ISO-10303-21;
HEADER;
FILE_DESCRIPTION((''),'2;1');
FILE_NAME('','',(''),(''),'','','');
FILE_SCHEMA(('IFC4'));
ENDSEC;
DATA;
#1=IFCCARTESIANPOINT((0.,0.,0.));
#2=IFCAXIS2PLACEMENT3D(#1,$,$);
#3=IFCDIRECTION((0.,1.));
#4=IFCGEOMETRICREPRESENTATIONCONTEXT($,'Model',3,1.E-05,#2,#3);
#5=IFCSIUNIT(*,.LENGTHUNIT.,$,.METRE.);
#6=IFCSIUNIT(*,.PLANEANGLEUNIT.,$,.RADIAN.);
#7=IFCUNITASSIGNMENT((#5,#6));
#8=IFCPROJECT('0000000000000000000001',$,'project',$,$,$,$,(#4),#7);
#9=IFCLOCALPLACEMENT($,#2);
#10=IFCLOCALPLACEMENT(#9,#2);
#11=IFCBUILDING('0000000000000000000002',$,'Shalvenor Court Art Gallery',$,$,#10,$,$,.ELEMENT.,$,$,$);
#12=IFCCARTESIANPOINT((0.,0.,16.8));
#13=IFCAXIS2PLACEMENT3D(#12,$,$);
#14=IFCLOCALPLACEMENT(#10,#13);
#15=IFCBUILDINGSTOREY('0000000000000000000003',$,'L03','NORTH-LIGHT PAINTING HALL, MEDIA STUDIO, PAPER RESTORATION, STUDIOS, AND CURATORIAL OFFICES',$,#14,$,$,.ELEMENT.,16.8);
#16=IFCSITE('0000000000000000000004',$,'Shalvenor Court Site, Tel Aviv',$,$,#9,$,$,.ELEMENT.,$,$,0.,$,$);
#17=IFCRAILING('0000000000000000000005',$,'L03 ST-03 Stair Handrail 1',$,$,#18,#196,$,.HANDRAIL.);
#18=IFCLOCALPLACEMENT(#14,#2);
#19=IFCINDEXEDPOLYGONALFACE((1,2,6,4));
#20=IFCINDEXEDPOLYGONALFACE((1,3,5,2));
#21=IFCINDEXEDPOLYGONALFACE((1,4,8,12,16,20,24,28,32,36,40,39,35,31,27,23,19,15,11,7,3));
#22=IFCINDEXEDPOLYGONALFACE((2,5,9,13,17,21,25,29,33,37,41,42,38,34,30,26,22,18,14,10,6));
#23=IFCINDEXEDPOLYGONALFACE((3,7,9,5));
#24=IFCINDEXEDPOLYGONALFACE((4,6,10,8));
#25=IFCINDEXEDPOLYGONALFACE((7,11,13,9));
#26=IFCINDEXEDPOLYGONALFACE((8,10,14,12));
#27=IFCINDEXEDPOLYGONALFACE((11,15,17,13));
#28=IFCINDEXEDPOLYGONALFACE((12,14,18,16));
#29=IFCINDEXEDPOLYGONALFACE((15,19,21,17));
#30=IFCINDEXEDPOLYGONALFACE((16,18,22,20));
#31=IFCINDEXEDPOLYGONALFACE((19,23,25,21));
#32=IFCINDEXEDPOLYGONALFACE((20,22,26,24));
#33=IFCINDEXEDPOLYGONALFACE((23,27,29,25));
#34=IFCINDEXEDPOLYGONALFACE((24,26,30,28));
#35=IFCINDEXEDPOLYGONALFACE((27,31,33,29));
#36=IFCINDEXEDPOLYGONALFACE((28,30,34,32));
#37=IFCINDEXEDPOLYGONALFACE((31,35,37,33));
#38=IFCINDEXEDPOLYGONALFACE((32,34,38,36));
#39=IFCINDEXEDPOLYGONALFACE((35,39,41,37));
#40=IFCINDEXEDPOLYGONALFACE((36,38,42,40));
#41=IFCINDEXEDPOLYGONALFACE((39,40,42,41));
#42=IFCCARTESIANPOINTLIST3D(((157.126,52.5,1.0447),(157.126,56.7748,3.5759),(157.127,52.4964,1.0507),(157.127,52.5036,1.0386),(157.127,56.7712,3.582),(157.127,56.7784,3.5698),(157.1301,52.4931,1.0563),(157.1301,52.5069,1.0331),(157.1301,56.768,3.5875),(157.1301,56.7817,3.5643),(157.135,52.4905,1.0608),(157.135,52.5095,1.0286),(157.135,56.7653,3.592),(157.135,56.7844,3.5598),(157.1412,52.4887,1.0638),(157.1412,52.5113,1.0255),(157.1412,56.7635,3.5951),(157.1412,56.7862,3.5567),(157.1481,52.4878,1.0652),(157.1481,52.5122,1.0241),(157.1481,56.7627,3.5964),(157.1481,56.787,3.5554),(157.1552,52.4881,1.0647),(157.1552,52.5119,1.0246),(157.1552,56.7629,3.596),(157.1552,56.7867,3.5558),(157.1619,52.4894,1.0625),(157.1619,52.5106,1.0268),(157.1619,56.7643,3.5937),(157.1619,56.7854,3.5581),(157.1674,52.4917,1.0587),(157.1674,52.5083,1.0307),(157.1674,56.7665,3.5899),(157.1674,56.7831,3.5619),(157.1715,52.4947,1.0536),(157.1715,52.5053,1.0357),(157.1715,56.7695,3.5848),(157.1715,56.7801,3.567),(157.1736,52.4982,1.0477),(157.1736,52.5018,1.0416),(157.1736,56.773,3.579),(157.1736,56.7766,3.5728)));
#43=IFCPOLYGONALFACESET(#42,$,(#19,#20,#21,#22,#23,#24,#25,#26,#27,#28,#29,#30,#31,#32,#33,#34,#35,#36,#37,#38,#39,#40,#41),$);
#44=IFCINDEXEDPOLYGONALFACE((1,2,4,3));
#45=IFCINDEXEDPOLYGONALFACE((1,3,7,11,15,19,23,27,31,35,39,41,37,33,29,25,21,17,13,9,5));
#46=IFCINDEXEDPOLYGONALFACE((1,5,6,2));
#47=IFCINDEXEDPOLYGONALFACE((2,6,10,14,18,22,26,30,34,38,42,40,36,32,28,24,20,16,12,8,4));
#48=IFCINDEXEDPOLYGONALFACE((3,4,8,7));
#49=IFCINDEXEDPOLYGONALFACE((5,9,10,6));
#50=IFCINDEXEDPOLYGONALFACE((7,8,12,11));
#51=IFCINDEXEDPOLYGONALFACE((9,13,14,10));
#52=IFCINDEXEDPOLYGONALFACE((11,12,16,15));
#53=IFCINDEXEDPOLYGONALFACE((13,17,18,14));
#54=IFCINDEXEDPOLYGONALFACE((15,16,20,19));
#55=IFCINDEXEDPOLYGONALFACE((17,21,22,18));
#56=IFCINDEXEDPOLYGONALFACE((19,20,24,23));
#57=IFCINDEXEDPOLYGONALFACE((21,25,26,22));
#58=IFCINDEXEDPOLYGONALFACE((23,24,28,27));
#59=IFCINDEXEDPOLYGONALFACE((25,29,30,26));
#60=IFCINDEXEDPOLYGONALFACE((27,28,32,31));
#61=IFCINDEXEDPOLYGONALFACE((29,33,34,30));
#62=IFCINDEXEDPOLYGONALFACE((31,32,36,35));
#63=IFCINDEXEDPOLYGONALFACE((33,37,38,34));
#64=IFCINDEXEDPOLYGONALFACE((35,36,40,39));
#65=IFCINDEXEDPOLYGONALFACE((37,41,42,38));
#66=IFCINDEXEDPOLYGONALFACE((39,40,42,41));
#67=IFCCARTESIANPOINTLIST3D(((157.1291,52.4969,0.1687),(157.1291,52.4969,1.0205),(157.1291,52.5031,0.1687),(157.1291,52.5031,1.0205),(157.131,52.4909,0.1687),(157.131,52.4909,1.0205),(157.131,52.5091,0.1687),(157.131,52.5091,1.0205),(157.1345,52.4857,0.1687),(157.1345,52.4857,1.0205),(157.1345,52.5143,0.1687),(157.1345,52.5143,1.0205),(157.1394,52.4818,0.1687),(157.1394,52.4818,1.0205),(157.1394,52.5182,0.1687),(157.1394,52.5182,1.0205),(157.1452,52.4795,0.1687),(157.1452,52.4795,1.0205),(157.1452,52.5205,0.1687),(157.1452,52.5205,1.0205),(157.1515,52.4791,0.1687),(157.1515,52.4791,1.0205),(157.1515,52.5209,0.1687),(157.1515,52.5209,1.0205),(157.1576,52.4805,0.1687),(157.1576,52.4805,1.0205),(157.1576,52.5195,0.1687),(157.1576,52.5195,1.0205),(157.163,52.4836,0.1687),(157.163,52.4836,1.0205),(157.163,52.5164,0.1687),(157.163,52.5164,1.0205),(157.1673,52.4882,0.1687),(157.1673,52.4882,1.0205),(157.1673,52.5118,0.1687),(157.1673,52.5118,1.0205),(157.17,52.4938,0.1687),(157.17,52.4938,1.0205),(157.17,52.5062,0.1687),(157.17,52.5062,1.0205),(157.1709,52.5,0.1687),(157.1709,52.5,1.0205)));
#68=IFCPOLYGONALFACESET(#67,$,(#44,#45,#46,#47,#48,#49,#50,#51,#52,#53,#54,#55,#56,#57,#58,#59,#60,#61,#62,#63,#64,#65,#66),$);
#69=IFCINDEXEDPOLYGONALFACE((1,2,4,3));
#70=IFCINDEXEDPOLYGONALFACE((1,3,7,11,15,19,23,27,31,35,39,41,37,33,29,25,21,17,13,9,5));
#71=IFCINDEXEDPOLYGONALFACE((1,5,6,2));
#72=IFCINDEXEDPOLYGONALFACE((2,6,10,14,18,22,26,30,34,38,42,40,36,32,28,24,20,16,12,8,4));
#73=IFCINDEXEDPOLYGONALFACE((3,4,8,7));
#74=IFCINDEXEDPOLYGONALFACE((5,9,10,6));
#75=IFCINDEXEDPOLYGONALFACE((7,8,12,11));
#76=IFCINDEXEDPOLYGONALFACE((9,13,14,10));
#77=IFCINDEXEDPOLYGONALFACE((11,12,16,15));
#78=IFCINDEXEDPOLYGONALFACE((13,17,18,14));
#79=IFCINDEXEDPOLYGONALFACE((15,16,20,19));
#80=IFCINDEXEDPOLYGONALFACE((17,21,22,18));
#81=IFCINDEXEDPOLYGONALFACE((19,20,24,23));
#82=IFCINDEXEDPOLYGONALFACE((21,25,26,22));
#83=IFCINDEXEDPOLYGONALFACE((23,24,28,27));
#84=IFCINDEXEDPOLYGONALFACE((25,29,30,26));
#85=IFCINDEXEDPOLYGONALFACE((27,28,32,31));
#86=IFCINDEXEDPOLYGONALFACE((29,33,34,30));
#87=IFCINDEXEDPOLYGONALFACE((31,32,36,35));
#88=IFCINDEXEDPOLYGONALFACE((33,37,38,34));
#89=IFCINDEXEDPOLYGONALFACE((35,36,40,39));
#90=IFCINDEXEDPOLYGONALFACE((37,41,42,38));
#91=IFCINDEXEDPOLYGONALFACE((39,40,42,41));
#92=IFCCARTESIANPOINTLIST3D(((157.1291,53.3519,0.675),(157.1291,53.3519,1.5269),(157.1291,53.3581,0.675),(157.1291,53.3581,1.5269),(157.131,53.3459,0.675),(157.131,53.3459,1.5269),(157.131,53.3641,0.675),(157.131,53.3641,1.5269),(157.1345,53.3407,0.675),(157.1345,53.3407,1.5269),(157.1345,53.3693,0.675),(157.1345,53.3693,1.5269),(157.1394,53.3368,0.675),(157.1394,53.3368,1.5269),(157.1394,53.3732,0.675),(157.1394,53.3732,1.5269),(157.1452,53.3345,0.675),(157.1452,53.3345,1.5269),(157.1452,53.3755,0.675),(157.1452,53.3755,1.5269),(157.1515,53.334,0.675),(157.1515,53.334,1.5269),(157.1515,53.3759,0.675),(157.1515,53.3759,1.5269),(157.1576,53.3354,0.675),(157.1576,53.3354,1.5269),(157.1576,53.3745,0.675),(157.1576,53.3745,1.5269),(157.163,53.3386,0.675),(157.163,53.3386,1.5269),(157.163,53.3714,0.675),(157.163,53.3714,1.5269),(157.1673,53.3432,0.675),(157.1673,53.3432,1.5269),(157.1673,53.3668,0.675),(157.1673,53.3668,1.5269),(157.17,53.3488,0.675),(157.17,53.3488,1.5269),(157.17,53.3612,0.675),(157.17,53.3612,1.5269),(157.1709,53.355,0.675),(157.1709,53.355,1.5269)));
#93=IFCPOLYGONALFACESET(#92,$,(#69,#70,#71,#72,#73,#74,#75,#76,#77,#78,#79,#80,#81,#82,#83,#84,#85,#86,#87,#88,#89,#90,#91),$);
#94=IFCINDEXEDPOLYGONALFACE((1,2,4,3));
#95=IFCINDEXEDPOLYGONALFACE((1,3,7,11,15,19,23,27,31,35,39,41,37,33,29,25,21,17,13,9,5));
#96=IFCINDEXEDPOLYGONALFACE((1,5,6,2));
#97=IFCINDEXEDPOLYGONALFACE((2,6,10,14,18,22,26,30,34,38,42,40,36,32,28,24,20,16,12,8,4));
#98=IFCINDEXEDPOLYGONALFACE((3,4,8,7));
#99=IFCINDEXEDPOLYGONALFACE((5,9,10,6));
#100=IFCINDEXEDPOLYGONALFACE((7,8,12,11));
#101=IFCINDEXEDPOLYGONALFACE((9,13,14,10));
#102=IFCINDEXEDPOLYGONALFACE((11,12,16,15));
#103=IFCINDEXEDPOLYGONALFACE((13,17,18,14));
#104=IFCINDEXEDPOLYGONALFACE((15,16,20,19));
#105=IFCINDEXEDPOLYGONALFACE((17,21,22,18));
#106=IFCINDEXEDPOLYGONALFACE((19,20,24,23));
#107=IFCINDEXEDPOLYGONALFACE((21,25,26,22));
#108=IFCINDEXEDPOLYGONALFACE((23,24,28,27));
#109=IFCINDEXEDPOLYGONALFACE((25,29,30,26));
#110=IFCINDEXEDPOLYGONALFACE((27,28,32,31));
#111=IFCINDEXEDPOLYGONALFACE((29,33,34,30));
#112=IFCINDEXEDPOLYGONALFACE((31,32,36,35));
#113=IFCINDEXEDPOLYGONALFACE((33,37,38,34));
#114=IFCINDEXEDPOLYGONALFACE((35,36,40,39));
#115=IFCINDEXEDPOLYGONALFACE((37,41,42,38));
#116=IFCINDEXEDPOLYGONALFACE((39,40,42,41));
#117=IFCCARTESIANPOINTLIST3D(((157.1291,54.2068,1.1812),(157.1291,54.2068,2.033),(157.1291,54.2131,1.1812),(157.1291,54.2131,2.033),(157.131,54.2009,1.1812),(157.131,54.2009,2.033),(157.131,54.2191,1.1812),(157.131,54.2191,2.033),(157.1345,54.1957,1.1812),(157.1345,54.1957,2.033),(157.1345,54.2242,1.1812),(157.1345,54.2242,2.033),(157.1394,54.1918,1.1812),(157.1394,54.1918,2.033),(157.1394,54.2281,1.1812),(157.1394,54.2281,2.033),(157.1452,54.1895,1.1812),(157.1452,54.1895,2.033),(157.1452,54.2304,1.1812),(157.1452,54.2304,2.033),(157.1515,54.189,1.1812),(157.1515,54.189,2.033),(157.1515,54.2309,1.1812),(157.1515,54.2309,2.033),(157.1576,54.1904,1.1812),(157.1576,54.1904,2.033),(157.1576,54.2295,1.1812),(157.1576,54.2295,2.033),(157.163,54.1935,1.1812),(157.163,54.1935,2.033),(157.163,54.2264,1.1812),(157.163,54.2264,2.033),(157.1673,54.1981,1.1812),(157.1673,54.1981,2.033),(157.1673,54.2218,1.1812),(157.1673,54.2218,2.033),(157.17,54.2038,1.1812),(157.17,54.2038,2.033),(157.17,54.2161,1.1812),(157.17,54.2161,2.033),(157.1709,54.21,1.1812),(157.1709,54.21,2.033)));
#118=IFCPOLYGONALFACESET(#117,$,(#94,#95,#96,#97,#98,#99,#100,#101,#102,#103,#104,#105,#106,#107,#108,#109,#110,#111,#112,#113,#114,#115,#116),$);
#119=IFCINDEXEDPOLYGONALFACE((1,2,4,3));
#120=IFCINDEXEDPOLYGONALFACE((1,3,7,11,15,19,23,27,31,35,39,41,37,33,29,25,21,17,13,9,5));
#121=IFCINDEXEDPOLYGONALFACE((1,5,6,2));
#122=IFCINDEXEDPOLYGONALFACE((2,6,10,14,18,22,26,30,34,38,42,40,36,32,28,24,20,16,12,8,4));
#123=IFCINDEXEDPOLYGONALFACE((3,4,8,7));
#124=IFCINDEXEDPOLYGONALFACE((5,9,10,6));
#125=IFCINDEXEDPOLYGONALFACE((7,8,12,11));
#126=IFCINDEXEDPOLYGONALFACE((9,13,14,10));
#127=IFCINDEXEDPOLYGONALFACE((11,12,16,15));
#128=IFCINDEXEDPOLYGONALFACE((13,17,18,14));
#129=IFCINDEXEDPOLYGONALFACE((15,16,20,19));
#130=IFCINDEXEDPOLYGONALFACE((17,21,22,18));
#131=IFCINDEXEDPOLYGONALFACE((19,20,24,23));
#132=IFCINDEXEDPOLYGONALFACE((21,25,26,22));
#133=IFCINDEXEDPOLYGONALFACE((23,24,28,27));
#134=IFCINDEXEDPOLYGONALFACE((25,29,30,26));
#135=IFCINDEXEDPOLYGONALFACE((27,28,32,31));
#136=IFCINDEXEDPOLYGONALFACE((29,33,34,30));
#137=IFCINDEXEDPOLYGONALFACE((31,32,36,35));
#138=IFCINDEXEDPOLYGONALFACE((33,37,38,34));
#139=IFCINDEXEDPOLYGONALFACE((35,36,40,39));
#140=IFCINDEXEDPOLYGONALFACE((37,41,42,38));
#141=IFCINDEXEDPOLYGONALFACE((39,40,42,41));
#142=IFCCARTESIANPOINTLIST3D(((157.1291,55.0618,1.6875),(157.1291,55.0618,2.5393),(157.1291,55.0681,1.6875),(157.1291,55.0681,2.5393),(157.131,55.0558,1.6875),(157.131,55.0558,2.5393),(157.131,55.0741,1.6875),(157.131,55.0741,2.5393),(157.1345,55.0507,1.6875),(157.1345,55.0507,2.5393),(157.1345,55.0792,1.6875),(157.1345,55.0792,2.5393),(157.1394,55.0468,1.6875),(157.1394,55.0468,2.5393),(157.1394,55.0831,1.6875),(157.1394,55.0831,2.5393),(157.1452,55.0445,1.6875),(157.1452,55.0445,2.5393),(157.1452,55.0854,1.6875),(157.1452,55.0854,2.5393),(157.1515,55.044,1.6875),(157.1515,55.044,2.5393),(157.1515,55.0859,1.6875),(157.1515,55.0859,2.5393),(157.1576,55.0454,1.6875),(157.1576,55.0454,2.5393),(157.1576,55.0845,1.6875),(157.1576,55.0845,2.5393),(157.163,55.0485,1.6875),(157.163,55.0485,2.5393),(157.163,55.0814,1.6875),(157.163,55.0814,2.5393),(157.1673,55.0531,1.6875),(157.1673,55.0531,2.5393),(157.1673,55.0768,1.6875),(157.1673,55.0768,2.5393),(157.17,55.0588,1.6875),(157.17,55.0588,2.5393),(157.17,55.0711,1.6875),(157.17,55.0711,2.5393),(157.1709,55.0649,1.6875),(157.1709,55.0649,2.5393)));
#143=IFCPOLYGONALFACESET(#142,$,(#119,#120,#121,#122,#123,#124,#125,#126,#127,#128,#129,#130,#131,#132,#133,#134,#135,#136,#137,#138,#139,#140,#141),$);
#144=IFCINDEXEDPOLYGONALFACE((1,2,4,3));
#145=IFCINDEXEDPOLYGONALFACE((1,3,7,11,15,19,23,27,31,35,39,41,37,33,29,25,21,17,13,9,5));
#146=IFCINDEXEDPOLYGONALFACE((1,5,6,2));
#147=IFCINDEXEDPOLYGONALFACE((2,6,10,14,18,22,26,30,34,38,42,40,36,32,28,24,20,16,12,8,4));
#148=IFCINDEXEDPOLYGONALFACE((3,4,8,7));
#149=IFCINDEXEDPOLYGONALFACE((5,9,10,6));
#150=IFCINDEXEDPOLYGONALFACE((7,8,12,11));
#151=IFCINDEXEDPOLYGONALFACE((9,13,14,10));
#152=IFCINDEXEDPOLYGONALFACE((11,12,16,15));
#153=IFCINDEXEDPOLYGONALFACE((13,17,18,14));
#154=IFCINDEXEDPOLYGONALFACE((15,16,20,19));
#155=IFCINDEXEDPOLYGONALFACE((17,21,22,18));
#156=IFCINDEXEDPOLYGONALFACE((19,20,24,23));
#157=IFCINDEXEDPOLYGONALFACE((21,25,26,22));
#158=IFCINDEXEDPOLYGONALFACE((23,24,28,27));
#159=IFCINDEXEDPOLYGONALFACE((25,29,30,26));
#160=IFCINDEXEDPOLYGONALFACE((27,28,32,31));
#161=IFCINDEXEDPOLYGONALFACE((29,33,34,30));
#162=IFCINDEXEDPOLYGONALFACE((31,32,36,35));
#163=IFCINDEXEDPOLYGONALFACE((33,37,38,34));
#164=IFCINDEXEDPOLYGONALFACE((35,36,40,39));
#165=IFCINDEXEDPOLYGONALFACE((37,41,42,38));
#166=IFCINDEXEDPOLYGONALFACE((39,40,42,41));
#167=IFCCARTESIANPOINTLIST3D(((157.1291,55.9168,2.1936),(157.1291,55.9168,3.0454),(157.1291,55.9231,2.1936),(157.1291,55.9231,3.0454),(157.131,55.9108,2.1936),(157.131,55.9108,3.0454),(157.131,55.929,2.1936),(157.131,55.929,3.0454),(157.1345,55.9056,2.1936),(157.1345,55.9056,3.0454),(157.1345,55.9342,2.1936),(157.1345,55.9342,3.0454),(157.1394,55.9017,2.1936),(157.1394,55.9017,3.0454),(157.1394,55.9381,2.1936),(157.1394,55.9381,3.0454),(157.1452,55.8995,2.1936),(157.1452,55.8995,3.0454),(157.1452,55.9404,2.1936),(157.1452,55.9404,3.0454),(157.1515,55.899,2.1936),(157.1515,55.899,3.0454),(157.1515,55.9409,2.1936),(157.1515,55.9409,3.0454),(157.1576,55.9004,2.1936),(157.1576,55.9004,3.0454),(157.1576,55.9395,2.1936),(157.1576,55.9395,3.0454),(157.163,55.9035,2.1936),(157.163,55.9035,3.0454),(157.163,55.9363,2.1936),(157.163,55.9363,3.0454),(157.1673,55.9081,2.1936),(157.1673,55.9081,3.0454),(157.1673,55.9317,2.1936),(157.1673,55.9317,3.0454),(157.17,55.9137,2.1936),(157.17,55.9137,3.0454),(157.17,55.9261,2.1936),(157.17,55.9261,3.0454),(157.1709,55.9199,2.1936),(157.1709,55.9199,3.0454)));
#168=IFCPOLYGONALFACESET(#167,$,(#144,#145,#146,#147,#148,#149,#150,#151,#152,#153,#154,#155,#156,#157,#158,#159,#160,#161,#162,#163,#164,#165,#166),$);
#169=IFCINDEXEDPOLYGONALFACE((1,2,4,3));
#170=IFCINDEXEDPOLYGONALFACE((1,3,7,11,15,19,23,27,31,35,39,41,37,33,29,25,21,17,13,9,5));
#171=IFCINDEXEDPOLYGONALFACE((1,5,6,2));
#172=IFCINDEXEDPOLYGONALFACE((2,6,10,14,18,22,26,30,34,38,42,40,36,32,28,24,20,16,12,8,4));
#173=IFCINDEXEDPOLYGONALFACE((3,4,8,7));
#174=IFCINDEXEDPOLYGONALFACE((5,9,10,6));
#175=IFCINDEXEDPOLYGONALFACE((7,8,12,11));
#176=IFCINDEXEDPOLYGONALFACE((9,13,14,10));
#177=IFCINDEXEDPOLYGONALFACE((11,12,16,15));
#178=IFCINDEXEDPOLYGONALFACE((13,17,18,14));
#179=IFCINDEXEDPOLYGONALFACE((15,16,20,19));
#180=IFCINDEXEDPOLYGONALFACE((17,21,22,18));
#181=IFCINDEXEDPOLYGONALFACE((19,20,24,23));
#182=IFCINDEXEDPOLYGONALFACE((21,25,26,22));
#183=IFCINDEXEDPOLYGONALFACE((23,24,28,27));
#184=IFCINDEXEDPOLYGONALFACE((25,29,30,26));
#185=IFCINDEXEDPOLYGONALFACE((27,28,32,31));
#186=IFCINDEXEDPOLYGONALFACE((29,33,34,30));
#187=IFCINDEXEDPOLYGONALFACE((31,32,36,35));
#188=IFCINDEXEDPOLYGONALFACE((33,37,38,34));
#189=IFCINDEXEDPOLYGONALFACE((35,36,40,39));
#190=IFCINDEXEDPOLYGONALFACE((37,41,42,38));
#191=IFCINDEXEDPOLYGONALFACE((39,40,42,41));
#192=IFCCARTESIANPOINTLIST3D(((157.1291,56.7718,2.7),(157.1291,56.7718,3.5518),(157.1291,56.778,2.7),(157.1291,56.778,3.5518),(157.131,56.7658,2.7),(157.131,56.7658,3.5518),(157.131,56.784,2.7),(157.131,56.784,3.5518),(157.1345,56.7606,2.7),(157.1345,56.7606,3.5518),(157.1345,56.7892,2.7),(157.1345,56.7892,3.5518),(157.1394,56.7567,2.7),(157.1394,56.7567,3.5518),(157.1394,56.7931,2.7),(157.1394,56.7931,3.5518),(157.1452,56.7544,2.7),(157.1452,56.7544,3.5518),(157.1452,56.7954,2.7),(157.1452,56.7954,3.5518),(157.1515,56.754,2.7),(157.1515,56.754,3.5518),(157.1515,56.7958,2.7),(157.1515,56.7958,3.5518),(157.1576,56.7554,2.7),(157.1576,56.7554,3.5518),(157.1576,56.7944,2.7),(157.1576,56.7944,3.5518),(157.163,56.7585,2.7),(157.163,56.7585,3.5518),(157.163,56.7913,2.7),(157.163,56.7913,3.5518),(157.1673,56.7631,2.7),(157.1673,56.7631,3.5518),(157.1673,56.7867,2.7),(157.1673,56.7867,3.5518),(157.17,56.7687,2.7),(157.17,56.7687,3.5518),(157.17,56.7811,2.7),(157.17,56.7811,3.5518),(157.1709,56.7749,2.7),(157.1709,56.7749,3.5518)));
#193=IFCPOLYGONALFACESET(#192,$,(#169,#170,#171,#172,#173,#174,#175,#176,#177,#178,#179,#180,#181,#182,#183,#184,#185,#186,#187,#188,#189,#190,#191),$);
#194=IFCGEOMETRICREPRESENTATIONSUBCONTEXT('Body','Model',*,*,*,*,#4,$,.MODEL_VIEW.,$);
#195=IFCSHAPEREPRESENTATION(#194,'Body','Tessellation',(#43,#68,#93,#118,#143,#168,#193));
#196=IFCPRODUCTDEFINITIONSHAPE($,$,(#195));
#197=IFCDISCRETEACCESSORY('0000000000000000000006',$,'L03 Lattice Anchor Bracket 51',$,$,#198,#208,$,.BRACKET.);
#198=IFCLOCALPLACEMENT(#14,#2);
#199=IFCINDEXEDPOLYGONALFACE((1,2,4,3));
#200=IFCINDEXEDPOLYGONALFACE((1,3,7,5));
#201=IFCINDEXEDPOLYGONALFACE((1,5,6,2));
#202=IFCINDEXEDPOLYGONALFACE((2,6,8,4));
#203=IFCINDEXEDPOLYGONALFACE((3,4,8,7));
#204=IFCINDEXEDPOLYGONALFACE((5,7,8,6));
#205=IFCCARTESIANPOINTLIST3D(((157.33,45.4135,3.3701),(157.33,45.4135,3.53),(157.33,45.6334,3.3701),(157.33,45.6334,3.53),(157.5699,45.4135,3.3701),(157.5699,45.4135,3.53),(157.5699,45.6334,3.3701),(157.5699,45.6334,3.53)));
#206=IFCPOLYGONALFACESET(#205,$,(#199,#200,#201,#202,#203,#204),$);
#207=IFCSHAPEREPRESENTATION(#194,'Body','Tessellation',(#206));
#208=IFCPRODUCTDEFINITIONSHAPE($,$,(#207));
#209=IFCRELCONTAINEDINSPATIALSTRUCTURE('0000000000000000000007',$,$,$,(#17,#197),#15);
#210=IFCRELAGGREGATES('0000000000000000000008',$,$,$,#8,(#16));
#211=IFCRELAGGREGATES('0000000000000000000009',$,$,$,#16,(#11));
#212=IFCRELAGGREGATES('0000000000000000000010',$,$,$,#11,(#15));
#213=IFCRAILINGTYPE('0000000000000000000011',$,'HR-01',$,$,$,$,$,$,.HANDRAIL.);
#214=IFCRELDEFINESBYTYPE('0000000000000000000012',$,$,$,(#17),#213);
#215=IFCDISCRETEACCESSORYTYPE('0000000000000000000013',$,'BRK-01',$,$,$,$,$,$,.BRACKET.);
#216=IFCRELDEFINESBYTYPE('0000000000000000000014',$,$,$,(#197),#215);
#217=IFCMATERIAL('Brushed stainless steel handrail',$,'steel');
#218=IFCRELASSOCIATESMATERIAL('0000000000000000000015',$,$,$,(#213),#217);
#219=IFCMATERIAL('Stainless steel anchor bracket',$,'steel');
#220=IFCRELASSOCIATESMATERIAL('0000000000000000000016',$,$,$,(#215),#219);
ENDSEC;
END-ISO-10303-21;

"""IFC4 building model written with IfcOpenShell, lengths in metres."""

from ifc_helpers import new_model, si_unit, direction, frame, origin, origin_2d, place, context, subcontext, project, spatial, rectangle, circle, extrude, material, type_object, element, save


model = new_model("IFC4")

# Units and contexts
model_context = context("Model", 3, precision=1e-05, world=origin(), true_north=direction((0.0, 1.0)))
body_context = subcontext(model_context, "Body", "Model", "MODEL_VIEW")
ifc_project = project(units=[si_unit("LENGTHUNIT", "METRE"), si_unit("PLANEANGLEUNIT", "RADIAN")], contexts=[model_context])

# Site, building, storey
site_placement = place(None, origin())
site = spatial("IfcSite", under=ifc_project, at=site_placement, Name="Shalvenor Court Site, Tel Aviv", CompositionType="ELEMENT", RefElevation=0.0)
building_placement = place(site_placement, origin())
building = spatial("IfcBuilding", under=site, at=building_placement, Name="Shalvenor Court Art Gallery", CompositionType="ELEMENT")
storey_placement = place(building_placement, frame((0.0, 0.0, 16.8)))
storey = spatial("IfcBuildingStorey", under=building, at=storey_placement, Name="L03", Description="NORTH-LIGHT PAINTING HALL, MEDIA STUDIO, PAPER RESTORATION, STUDIOS, AND CURATORIAL OFFICES", CompositionType="ELEMENT", Elevation=16.8)

# Railing
ifc_material_1 = material(Name="Brushed stainless steel handrail", Category="steel")
railing_type_1 = type_object("IfcRailingType", Name="HR-01", PredefinedType="HANDRAIL", material=ifc_material_1)
railing_1_placement = place(storey_placement, frame((157.1499, 52.5, 0.1687)))
element("IfcRailing", 1, at=railing_1_placement, inside=storey, type_object=railing_type_1, Name="L03 ST-03 Stair Handrail 1", PredefinedType="HANDRAIL", context=body_context, shape_type="SweptSolid", body=[
    extrude(circle(Radius=0.0239, at=origin_2d()), frame((0.0, 0.0, 0.876), z_axis=(0.0, 0.86047, 0.509501), x_axis=(-1.0, 0.0, 0.0)), (0.0, 0.0, 1.0), 4.968),
    extrude(circle(Radius=0.021, at=origin_2d()), origin(), (0.0, 0.0, 1.0), 0.8518),
    extrude(circle(Radius=0.021, at=origin_2d()), frame((0.0, 0.855, 0.5063)), (0.0, 0.0, 1.0), 0.8518),
    extrude(circle(Radius=0.021, at=origin_2d()), frame((0.0, 1.71, 1.0125)), (0.0, 0.0, 1.0), 0.8518),
    extrude(circle(Radius=0.021, at=origin_2d()), frame((0.0, 2.5649, 1.5188)), (0.0, 0.0, 1.0), 0.8518),
    extrude(circle(Radius=0.021, at=origin_2d()), frame((0.0, 3.4199, 2.0249)), (0.0, 0.0, 1.0), 0.8518),
    extrude(circle(Radius=0.021, at=origin_2d()), frame((0.0, 4.2749, 2.5312)), (0.0, 0.0, 1.0), 0.8518),
])

# Discrete accessory
ifc_material_2 = material(Name="Stainless steel anchor bracket", Category="steel")
discrete_accessory_type = type_object("IfcDiscreteAccessoryType", Name="BRK-01", PredefinedType="BRACKET", material=ifc_material_2)
discrete_accessory_placement = place(storey_placement, frame((157.45, 45.5234, 3.3701), z_axis=(0.0, 0.0, 1.0), x_axis=(-1.0, 0.0, 0.0)))
element("IfcDiscreteAccessory", 2, at=discrete_accessory_placement, inside=storey, type_object=discrete_accessory_type, Name="L03 Lattice Anchor Bracket 51", PredefinedType="BRACKET", context=body_context, shape_type="SweptSolid", body=[
    extrude(rectangle(XDim=0.24, YDim=0.22, at=origin_2d()), origin(), (0.0, 0.0, 1.0), 0.1599),
])

save(model, "model.ifc")
